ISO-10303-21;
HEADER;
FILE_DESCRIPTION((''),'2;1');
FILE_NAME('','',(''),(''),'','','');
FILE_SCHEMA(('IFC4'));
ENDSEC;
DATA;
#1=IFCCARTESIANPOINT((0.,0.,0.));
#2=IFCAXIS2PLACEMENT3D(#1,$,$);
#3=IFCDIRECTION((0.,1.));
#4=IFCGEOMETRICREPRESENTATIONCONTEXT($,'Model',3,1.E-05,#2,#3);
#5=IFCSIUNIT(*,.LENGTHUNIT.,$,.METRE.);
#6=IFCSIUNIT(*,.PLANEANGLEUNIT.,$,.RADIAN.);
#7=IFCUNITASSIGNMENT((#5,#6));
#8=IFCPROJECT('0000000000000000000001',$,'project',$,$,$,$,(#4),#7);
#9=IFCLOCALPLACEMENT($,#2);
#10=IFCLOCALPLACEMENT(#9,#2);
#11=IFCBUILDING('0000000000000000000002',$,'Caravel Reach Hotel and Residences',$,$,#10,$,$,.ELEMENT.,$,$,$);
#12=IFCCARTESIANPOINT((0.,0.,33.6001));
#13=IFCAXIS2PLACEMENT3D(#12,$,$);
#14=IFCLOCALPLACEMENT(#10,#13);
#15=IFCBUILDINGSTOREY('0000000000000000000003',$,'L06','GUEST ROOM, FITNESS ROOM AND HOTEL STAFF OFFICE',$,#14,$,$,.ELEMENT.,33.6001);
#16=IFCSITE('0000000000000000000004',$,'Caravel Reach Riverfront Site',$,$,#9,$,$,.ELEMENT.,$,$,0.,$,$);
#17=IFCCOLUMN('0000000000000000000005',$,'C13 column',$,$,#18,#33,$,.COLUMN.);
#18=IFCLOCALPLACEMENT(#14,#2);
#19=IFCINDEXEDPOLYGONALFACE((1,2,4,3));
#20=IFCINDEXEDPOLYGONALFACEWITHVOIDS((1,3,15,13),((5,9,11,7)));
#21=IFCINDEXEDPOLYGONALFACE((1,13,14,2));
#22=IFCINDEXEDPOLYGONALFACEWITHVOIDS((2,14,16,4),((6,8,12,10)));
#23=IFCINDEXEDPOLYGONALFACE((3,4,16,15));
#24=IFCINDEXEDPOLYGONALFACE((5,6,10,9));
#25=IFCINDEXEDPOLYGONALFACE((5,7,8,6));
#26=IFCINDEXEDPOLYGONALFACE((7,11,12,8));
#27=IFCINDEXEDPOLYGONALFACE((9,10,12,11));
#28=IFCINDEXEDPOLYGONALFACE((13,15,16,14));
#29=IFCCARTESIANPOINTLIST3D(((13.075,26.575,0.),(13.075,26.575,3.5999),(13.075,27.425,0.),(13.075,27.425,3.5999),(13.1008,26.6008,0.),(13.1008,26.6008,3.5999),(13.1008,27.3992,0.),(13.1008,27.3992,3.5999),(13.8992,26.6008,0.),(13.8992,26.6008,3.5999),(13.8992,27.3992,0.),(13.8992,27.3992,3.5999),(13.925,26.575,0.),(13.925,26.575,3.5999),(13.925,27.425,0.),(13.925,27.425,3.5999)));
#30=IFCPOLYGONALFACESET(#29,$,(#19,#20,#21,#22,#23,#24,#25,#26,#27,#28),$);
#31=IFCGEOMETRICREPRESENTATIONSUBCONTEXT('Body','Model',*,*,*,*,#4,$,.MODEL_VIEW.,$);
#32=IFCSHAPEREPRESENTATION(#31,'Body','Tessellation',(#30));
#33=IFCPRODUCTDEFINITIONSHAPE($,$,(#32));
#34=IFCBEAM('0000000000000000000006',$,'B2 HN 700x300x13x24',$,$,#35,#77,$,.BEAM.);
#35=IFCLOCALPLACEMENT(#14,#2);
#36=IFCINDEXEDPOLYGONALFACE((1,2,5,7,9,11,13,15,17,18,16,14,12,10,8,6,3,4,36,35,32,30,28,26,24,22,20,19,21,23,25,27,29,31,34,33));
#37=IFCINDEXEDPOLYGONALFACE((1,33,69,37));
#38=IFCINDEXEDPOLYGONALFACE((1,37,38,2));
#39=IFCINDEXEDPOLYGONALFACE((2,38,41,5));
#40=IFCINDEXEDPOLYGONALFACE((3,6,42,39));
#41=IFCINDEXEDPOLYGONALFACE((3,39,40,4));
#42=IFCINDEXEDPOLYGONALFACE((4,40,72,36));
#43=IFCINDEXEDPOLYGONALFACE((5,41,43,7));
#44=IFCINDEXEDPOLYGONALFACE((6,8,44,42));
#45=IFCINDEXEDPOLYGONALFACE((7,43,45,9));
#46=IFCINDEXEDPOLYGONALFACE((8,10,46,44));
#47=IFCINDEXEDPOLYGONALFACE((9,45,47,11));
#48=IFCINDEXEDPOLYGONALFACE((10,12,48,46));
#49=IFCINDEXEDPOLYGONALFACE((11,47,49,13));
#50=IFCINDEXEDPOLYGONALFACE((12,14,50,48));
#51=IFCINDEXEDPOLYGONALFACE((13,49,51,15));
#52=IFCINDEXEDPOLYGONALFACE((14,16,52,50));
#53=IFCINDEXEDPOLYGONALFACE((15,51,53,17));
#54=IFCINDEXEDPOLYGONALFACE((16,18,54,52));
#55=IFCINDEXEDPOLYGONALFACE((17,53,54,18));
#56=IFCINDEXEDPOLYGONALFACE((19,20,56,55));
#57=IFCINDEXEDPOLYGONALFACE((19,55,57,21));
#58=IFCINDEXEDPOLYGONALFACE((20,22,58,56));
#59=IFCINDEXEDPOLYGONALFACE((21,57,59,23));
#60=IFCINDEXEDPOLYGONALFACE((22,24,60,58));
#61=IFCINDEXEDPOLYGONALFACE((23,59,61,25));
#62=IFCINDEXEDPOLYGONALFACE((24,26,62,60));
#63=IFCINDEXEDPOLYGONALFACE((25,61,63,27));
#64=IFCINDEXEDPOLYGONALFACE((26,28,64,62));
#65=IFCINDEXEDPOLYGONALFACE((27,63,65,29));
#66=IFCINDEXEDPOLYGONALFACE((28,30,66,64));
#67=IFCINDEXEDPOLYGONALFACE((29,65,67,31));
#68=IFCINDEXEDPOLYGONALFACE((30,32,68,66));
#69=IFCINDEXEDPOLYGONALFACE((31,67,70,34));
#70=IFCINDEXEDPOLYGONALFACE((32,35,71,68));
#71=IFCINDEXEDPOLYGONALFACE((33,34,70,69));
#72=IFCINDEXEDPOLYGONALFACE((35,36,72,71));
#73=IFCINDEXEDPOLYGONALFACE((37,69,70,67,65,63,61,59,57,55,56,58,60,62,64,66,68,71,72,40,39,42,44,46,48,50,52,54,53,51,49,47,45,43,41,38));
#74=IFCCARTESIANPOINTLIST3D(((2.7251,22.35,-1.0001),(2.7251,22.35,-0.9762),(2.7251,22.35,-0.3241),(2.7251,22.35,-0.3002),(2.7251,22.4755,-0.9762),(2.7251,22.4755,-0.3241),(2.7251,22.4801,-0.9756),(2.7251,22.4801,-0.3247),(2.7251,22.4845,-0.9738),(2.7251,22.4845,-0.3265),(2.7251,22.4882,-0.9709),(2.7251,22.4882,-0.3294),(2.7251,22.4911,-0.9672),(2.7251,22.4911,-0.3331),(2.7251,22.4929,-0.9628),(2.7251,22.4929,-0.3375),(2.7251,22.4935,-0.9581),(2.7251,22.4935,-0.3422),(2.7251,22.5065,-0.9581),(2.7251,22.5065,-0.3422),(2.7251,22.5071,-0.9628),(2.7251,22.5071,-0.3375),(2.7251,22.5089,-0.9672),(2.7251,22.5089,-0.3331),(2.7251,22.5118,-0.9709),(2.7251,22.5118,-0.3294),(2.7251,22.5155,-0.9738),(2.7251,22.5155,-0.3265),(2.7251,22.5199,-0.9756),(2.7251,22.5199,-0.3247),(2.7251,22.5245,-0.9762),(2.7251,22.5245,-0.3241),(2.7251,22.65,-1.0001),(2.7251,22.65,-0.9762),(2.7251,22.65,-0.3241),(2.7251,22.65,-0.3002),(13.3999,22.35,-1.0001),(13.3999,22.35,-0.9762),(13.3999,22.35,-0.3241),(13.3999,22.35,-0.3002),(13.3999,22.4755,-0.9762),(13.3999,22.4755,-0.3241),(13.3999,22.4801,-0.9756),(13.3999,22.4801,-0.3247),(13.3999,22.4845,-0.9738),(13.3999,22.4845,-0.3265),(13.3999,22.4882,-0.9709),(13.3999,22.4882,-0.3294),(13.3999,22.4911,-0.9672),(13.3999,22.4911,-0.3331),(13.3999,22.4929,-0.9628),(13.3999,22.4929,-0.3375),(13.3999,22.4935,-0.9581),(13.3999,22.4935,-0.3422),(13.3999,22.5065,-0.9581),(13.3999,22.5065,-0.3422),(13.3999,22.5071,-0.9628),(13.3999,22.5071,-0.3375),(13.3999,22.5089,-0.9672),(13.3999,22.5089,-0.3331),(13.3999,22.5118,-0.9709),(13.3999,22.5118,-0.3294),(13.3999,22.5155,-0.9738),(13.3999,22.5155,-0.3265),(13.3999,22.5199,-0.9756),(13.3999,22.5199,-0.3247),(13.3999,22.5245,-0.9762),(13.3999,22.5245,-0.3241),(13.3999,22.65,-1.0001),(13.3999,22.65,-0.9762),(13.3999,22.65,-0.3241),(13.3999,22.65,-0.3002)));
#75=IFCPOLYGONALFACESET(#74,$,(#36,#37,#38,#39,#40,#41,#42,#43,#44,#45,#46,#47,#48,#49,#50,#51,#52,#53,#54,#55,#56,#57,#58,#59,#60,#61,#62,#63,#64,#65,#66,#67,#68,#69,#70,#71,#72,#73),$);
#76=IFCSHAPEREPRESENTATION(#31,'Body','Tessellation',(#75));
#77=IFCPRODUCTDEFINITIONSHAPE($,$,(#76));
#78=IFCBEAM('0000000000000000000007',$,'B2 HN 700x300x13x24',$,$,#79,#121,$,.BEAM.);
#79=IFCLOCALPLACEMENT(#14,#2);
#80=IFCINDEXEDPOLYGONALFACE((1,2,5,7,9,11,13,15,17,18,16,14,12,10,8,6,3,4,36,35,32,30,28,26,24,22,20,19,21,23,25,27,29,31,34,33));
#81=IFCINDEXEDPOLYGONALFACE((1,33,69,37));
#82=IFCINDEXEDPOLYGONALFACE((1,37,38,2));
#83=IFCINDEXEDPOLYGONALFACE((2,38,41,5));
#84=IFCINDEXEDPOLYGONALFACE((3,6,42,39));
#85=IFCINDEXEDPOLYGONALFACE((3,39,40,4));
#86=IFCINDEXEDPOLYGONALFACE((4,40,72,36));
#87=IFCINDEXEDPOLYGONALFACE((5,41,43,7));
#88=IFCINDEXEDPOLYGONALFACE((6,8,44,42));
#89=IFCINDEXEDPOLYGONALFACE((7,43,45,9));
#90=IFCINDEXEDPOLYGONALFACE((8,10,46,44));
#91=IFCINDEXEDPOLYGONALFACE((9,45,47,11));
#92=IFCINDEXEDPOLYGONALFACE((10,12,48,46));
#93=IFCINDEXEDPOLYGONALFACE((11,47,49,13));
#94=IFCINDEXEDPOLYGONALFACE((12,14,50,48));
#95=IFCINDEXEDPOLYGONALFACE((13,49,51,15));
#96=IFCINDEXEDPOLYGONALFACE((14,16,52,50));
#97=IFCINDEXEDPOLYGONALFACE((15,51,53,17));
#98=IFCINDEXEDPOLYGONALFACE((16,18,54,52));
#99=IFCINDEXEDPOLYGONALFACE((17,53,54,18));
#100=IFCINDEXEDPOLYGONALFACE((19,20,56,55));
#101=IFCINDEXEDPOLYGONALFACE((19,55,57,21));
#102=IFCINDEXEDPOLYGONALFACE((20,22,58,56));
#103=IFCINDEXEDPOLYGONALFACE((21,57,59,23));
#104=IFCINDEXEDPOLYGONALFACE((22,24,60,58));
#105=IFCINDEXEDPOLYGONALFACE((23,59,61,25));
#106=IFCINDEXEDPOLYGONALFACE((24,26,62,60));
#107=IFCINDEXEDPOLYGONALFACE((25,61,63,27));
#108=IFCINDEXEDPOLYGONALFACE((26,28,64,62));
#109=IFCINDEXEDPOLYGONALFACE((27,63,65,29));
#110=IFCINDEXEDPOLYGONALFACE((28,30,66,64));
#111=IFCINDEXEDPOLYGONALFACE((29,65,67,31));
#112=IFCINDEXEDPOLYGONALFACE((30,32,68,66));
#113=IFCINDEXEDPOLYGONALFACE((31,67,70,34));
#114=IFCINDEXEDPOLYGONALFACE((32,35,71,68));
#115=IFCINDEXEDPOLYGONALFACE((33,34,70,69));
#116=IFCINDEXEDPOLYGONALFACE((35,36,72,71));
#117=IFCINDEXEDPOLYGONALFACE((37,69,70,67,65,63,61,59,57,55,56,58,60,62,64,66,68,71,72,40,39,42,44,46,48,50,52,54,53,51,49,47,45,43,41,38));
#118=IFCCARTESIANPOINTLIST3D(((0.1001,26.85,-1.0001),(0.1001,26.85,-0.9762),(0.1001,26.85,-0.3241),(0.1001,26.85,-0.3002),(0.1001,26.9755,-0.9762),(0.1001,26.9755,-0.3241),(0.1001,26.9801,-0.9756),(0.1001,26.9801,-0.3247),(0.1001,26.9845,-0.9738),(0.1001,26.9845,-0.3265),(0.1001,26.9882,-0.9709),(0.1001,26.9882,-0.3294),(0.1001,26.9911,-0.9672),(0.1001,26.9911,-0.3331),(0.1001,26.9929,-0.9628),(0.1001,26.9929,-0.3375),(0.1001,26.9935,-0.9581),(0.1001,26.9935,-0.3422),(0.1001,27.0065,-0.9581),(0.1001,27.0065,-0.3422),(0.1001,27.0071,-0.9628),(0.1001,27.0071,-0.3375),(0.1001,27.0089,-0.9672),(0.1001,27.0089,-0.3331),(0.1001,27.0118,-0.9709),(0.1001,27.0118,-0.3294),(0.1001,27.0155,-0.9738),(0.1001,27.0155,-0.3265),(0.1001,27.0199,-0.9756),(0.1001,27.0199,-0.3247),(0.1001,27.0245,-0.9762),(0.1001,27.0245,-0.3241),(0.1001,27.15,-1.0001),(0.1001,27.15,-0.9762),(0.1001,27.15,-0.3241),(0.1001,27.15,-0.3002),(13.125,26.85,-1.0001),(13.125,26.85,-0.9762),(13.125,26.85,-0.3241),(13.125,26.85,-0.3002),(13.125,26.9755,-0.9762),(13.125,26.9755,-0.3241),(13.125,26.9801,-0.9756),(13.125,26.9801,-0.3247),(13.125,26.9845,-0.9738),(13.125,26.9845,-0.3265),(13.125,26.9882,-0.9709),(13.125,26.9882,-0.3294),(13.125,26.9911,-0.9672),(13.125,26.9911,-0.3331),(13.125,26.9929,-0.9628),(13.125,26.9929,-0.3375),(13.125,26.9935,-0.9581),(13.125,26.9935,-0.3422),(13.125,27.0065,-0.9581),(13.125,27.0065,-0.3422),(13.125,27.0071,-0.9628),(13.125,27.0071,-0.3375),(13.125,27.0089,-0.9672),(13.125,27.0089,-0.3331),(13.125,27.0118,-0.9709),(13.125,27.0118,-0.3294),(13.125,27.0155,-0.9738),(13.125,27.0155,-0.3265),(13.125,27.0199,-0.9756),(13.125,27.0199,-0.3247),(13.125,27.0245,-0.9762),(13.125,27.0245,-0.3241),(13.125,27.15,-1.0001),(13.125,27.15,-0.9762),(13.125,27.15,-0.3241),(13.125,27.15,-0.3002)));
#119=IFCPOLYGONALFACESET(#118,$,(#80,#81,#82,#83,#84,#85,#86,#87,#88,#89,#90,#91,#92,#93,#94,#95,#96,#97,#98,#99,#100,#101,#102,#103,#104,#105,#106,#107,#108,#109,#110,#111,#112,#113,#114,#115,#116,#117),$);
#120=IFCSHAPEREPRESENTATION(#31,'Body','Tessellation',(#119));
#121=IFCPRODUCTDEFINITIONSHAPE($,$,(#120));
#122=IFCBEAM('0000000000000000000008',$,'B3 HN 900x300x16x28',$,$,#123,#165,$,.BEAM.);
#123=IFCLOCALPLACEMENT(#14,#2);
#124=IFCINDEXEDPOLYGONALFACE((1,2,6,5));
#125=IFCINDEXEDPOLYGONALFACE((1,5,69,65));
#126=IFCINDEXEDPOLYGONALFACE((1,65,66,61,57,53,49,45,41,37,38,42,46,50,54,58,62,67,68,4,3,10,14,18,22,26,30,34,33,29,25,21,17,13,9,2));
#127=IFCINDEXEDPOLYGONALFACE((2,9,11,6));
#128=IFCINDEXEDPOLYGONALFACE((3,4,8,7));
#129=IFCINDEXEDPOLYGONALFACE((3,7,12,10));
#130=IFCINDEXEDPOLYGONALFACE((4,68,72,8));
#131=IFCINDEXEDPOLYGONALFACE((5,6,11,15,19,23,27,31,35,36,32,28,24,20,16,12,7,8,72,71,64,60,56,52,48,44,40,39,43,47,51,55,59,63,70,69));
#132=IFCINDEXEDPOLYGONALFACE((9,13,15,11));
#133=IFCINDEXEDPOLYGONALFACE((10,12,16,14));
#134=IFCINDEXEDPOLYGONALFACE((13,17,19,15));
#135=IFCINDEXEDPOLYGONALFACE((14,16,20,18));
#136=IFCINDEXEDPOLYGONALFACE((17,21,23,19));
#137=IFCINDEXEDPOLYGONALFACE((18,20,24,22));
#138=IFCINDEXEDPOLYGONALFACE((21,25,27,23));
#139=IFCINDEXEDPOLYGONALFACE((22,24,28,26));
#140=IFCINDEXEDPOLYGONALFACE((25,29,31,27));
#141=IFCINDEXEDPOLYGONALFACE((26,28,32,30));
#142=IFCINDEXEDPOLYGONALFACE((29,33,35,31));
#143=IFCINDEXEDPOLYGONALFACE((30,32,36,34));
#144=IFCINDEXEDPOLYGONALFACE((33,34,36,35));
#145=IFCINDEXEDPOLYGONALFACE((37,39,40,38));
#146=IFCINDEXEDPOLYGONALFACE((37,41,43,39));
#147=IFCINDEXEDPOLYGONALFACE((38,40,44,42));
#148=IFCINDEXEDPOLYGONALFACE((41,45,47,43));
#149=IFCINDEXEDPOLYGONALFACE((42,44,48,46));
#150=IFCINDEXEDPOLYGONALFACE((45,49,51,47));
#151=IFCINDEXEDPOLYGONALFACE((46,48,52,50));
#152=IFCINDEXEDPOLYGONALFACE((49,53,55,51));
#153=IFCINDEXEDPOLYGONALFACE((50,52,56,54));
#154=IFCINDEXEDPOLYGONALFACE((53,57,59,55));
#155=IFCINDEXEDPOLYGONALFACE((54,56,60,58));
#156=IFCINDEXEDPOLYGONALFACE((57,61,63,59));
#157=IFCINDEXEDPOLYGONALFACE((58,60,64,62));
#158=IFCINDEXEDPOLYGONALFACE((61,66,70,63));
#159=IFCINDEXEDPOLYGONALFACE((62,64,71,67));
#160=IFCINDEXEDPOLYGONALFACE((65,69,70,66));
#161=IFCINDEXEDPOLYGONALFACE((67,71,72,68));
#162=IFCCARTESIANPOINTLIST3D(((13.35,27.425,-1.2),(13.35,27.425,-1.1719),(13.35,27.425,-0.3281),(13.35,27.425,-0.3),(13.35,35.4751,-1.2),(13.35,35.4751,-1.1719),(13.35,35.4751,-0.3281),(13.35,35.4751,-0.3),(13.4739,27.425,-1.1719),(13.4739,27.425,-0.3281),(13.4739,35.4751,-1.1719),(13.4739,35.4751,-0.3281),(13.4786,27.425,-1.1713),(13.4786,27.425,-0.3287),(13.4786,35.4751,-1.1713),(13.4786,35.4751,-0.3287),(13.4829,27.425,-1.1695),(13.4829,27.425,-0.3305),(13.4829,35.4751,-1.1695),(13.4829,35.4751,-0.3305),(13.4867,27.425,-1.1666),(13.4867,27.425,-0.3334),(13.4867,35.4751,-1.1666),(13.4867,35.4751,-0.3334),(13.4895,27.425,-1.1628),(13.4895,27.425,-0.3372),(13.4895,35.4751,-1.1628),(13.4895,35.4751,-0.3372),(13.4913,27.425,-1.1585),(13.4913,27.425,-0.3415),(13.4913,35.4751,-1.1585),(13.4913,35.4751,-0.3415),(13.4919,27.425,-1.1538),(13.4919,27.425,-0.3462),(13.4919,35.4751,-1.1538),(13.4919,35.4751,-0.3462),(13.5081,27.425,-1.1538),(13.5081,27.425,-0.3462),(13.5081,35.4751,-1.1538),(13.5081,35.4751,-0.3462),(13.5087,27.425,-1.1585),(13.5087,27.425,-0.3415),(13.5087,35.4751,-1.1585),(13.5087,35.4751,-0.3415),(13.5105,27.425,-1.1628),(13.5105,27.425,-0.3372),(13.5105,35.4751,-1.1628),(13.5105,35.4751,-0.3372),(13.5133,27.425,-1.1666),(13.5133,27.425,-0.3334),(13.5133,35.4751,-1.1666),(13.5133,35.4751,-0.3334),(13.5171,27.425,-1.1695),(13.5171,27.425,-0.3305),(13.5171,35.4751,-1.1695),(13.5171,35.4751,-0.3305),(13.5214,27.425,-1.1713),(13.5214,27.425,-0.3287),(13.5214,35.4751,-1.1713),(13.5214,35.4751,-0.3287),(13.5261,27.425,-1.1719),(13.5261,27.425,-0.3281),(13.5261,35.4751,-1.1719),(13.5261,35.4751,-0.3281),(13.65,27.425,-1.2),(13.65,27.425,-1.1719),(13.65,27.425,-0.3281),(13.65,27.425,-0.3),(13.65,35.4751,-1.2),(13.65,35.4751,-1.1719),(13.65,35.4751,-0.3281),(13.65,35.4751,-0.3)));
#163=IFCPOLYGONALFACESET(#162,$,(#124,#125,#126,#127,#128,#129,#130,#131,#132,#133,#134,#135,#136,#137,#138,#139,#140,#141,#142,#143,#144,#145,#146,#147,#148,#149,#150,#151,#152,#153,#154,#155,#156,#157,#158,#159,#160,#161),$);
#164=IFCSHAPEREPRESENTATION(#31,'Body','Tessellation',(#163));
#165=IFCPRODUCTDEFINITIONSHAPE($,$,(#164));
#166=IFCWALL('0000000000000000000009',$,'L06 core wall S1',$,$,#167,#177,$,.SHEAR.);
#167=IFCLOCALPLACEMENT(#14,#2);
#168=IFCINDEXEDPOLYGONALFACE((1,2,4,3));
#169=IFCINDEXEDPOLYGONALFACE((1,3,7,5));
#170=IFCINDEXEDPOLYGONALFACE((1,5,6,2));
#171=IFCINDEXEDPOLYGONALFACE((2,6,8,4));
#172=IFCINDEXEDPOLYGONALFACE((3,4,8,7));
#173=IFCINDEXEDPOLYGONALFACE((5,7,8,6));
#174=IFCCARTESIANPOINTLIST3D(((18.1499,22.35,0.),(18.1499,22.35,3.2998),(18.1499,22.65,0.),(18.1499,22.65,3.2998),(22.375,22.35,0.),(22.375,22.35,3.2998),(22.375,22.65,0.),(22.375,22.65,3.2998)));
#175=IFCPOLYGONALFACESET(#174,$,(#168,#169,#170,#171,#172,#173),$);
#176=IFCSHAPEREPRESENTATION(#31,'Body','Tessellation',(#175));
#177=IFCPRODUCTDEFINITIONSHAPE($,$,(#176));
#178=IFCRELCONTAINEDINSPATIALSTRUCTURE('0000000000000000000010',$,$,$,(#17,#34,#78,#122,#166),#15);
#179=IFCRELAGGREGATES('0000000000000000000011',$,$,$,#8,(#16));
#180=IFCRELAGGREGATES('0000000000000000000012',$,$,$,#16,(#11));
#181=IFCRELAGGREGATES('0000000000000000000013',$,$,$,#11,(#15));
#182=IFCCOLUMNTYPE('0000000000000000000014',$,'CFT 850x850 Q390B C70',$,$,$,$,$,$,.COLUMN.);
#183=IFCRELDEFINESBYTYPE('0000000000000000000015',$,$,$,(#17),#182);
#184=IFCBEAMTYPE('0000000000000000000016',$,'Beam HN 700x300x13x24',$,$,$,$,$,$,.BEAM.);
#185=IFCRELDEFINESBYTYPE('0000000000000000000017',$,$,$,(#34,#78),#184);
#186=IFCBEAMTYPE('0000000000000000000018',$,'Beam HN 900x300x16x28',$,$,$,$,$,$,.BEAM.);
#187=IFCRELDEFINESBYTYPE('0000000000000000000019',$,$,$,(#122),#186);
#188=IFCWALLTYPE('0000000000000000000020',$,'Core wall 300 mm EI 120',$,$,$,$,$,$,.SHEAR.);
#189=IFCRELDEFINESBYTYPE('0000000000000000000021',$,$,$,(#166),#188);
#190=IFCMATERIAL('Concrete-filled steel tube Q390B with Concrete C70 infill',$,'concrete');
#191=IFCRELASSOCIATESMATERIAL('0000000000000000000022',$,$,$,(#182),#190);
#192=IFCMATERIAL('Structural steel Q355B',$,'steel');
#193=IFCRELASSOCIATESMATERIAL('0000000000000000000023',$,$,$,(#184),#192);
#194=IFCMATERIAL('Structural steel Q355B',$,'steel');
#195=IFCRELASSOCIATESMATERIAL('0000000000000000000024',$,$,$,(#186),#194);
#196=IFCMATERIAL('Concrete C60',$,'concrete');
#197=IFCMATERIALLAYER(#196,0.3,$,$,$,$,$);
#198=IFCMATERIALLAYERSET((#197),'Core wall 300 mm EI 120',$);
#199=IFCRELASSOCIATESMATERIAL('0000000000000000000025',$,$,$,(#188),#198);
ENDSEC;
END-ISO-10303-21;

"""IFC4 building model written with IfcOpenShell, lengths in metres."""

from ifc_helpers import new_model, si_unit, direction, frame, frame_2d, origin, origin_2d, place, context, subcontext, project, spatial, rectangle, hollow_rectangle, i_section, extrude, material, layer, layer_set, material_profile, profile_set, type_object, element, save


model = new_model("IFC4")

# Units and contexts
model_context = context("Model", 3, precision=1e-05, world=origin(), true_north=direction((0.0, 1.0)))
body_context = subcontext(model_context, "Body", "Model", "MODEL_VIEW")
ifc_project = project(units=[si_unit("LENGTHUNIT", "METRE"), si_unit("PLANEANGLEUNIT", "RADIAN")], contexts=[model_context])

# Site, building, storey
site_placement = place(None, origin())
site = spatial("IfcSite", under=ifc_project, at=site_placement, Name="Caravel Reach Riverfront Site", CompositionType="ELEMENT", RefElevation=0.0)
building_placement = place(site_placement, origin())
building = spatial("IfcBuilding", under=site, at=building_placement, Name="Caravel Reach Hotel and Residences", CompositionType="ELEMENT")
storey_placement = place(building_placement, frame((0.0, 0.0, 33.6001)))
storey = spatial("IfcBuildingStorey", under=building, at=storey_placement, Name="L06", Description="GUEST ROOM, FITNESS ROOM AND HOTEL STAFF OFFICE", CompositionType="ELEMENT", Elevation=33.6001)

# Column
ifc_material_1 = material(Name="Concrete-filled steel tube Q390B with Concrete C70 infill", Category="concrete")
ifc_material_profile_1 = material_profile(ifc_material_1, hollow_rectangle(XDim=0.8501, YDim=0.8501, WallThickness=0.0259, at=origin_2d()), Name="RHS 850x850x26")
ifc_profile_set_1 = profile_set([ifc_material_profile_1], Name="Concrete-filled steel tube Q390B with Concrete C70 infill")
column_type = type_object("IfcColumnType", Name="CFT 850x850 Q390B C70", PredefinedType="COLUMN", material=ifc_profile_set_1)
column_placement = place(storey_placement, frame((13.5, 27.0, 0.0), z_axis=(0.0, 0.0, 1.0), x_axis=(1.0, 0.0, 0.0)))
element("IfcColumn", 1, at=column_placement, inside=storey, type_object=column_type, Name="C13 column", PredefinedType="COLUMN", context=body_context, shape_type="SweptSolid", body=[
    extrude(hollow_rectangle(XDim=0.8501, YDim=0.8501, WallThickness=0.0259, at=origin_2d()), origin(), (0.0, 0.0, 1.0), 3.5999),
])

# Beams
ifc_material_2 = material(Name="Structural steel Q355B", Category="steel")
ifc_material_profile_2 = material_profile(ifc_material_2, i_section(OverallWidth=0.3, OverallDepth=0.7, WebThickness=0.0129, FlangeThickness=0.0239, FilletRadius=0.0181, at=origin_2d()), Name="HN 700x300x13x24")
ifc_profile_set_2 = profile_set([ifc_material_profile_2], Name="Structural steel Q355B")
beam_type_1 = type_object("IfcBeamType", Name="Beam HN 700x300x13x24", PredefinedType="BEAM", material=ifc_profile_set_2)
beam_1_placement = place(storey_placement, frame((13.3999, 22.5, -0.6501), z_axis=(-1.0, 0.0, 0.0), x_axis=(0.0, -1.0, 0.0)))
element("IfcBeam", 2, at=beam_1_placement, inside=storey, type_object=beam_type_1, Name="B2 HN 700x300x13x24", PredefinedType="BEAM", context=body_context, shape_type="SweptSolid", body=[
    extrude(i_section(OverallWidth=0.3, OverallDepth=0.7, WebThickness=0.0129, FlangeThickness=0.0239, FilletRadius=0.0181, at=origin_2d()), origin(), (0.0, 0.0, 1.0), 10.6748),
])
beam_2_placement = place(storey_placement, frame((13.125, 27.0, -0.6501), z_axis=(-1.0, 0.0, 0.0), x_axis=(0.0, -1.0, 0.0)))
element("IfcBeam", 3, at=beam_2_placement, inside=storey, type_object=beam_type_1, Name="B2 HN 700x300x13x24", PredefinedType="BEAM", context=body_context, shape_type="SweptSolid", body=[
    extrude(i_section(OverallWidth=0.3, OverallDepth=0.7, WebThickness=0.0129, FlangeThickness=0.0239, FilletRadius=0.0181, at=origin_2d()), origin(), (0.0, 0.0, 1.0), 13.0249),
])
ifc_material_3 = material(Name="Structural steel Q355B", Category="steel")
ifc_material_profile_3 = material_profile(ifc_material_3, i_section(OverallWidth=0.3, OverallDepth=0.8999, WebThickness=0.0161, FlangeThickness=0.0281, FilletRadius=0.0181, at=origin_2d()), Name="HN 900x300x16x28")
ifc_profile_set_3 = profile_set([ifc_material_profile_3], Name="Structural steel Q355B")
beam_type_2 = type_object("IfcBeamType", Name="Beam HN 900x300x16x28", PredefinedType="BEAM", material=ifc_profile_set_3)
beam_3_placement = place(storey_placement, frame((13.5, 27.425, -0.75), z_axis=(0.0, 1.0, 0.0), x_axis=(-1.0, 0.0, 0.0)))
element("IfcBeam", 4, at=beam_3_placement, inside=storey, type_object=beam_type_2, Name="B3 HN 900x300x16x28", PredefinedType="BEAM", context=body_context, shape_type="SweptSolid", body=[
    extrude(i_section(OverallWidth=0.3, OverallDepth=0.8999, WebThickness=0.0161, FlangeThickness=0.0281, FilletRadius=0.0181, at=origin_2d()), origin(), (0.0, 0.0, 1.0), 8.05),
])

# Wall
ifc_material_4 = material(Name="Concrete C60", Category="concrete")
ifc_layer_1 = layer(ifc_material_4, 0.3)
ifc_layer_set_1 = layer_set([ifc_layer_1], Name="Core wall 300 mm EI 120")
wall_type_1 = type_object("IfcWallType", Name="Core wall 300 mm EI 120", PredefinedType="SHEAR", material=ifc_layer_set_1)
wall_1_placement = place(storey_placement, frame((18.1499, 22.5, 0.0), z_axis=(0.0, 0.0, 1.0), x_axis=(1.0, 0.0, 0.0)))
element("IfcWall", 5, at=wall_1_placement, inside=storey, type_object=wall_type_1, Name="L06 core wall S1", PredefinedType="SHEAR", context=body_context, shape_type="SweptSolid", body=[
    extrude(rectangle(XDim=4.2251, YDim=0.3, at=frame_2d((2.1125, 0.0))), origin(), (0.0, 0.0, 1.0), 3.2998),
])

save(model, "model.ifc")
